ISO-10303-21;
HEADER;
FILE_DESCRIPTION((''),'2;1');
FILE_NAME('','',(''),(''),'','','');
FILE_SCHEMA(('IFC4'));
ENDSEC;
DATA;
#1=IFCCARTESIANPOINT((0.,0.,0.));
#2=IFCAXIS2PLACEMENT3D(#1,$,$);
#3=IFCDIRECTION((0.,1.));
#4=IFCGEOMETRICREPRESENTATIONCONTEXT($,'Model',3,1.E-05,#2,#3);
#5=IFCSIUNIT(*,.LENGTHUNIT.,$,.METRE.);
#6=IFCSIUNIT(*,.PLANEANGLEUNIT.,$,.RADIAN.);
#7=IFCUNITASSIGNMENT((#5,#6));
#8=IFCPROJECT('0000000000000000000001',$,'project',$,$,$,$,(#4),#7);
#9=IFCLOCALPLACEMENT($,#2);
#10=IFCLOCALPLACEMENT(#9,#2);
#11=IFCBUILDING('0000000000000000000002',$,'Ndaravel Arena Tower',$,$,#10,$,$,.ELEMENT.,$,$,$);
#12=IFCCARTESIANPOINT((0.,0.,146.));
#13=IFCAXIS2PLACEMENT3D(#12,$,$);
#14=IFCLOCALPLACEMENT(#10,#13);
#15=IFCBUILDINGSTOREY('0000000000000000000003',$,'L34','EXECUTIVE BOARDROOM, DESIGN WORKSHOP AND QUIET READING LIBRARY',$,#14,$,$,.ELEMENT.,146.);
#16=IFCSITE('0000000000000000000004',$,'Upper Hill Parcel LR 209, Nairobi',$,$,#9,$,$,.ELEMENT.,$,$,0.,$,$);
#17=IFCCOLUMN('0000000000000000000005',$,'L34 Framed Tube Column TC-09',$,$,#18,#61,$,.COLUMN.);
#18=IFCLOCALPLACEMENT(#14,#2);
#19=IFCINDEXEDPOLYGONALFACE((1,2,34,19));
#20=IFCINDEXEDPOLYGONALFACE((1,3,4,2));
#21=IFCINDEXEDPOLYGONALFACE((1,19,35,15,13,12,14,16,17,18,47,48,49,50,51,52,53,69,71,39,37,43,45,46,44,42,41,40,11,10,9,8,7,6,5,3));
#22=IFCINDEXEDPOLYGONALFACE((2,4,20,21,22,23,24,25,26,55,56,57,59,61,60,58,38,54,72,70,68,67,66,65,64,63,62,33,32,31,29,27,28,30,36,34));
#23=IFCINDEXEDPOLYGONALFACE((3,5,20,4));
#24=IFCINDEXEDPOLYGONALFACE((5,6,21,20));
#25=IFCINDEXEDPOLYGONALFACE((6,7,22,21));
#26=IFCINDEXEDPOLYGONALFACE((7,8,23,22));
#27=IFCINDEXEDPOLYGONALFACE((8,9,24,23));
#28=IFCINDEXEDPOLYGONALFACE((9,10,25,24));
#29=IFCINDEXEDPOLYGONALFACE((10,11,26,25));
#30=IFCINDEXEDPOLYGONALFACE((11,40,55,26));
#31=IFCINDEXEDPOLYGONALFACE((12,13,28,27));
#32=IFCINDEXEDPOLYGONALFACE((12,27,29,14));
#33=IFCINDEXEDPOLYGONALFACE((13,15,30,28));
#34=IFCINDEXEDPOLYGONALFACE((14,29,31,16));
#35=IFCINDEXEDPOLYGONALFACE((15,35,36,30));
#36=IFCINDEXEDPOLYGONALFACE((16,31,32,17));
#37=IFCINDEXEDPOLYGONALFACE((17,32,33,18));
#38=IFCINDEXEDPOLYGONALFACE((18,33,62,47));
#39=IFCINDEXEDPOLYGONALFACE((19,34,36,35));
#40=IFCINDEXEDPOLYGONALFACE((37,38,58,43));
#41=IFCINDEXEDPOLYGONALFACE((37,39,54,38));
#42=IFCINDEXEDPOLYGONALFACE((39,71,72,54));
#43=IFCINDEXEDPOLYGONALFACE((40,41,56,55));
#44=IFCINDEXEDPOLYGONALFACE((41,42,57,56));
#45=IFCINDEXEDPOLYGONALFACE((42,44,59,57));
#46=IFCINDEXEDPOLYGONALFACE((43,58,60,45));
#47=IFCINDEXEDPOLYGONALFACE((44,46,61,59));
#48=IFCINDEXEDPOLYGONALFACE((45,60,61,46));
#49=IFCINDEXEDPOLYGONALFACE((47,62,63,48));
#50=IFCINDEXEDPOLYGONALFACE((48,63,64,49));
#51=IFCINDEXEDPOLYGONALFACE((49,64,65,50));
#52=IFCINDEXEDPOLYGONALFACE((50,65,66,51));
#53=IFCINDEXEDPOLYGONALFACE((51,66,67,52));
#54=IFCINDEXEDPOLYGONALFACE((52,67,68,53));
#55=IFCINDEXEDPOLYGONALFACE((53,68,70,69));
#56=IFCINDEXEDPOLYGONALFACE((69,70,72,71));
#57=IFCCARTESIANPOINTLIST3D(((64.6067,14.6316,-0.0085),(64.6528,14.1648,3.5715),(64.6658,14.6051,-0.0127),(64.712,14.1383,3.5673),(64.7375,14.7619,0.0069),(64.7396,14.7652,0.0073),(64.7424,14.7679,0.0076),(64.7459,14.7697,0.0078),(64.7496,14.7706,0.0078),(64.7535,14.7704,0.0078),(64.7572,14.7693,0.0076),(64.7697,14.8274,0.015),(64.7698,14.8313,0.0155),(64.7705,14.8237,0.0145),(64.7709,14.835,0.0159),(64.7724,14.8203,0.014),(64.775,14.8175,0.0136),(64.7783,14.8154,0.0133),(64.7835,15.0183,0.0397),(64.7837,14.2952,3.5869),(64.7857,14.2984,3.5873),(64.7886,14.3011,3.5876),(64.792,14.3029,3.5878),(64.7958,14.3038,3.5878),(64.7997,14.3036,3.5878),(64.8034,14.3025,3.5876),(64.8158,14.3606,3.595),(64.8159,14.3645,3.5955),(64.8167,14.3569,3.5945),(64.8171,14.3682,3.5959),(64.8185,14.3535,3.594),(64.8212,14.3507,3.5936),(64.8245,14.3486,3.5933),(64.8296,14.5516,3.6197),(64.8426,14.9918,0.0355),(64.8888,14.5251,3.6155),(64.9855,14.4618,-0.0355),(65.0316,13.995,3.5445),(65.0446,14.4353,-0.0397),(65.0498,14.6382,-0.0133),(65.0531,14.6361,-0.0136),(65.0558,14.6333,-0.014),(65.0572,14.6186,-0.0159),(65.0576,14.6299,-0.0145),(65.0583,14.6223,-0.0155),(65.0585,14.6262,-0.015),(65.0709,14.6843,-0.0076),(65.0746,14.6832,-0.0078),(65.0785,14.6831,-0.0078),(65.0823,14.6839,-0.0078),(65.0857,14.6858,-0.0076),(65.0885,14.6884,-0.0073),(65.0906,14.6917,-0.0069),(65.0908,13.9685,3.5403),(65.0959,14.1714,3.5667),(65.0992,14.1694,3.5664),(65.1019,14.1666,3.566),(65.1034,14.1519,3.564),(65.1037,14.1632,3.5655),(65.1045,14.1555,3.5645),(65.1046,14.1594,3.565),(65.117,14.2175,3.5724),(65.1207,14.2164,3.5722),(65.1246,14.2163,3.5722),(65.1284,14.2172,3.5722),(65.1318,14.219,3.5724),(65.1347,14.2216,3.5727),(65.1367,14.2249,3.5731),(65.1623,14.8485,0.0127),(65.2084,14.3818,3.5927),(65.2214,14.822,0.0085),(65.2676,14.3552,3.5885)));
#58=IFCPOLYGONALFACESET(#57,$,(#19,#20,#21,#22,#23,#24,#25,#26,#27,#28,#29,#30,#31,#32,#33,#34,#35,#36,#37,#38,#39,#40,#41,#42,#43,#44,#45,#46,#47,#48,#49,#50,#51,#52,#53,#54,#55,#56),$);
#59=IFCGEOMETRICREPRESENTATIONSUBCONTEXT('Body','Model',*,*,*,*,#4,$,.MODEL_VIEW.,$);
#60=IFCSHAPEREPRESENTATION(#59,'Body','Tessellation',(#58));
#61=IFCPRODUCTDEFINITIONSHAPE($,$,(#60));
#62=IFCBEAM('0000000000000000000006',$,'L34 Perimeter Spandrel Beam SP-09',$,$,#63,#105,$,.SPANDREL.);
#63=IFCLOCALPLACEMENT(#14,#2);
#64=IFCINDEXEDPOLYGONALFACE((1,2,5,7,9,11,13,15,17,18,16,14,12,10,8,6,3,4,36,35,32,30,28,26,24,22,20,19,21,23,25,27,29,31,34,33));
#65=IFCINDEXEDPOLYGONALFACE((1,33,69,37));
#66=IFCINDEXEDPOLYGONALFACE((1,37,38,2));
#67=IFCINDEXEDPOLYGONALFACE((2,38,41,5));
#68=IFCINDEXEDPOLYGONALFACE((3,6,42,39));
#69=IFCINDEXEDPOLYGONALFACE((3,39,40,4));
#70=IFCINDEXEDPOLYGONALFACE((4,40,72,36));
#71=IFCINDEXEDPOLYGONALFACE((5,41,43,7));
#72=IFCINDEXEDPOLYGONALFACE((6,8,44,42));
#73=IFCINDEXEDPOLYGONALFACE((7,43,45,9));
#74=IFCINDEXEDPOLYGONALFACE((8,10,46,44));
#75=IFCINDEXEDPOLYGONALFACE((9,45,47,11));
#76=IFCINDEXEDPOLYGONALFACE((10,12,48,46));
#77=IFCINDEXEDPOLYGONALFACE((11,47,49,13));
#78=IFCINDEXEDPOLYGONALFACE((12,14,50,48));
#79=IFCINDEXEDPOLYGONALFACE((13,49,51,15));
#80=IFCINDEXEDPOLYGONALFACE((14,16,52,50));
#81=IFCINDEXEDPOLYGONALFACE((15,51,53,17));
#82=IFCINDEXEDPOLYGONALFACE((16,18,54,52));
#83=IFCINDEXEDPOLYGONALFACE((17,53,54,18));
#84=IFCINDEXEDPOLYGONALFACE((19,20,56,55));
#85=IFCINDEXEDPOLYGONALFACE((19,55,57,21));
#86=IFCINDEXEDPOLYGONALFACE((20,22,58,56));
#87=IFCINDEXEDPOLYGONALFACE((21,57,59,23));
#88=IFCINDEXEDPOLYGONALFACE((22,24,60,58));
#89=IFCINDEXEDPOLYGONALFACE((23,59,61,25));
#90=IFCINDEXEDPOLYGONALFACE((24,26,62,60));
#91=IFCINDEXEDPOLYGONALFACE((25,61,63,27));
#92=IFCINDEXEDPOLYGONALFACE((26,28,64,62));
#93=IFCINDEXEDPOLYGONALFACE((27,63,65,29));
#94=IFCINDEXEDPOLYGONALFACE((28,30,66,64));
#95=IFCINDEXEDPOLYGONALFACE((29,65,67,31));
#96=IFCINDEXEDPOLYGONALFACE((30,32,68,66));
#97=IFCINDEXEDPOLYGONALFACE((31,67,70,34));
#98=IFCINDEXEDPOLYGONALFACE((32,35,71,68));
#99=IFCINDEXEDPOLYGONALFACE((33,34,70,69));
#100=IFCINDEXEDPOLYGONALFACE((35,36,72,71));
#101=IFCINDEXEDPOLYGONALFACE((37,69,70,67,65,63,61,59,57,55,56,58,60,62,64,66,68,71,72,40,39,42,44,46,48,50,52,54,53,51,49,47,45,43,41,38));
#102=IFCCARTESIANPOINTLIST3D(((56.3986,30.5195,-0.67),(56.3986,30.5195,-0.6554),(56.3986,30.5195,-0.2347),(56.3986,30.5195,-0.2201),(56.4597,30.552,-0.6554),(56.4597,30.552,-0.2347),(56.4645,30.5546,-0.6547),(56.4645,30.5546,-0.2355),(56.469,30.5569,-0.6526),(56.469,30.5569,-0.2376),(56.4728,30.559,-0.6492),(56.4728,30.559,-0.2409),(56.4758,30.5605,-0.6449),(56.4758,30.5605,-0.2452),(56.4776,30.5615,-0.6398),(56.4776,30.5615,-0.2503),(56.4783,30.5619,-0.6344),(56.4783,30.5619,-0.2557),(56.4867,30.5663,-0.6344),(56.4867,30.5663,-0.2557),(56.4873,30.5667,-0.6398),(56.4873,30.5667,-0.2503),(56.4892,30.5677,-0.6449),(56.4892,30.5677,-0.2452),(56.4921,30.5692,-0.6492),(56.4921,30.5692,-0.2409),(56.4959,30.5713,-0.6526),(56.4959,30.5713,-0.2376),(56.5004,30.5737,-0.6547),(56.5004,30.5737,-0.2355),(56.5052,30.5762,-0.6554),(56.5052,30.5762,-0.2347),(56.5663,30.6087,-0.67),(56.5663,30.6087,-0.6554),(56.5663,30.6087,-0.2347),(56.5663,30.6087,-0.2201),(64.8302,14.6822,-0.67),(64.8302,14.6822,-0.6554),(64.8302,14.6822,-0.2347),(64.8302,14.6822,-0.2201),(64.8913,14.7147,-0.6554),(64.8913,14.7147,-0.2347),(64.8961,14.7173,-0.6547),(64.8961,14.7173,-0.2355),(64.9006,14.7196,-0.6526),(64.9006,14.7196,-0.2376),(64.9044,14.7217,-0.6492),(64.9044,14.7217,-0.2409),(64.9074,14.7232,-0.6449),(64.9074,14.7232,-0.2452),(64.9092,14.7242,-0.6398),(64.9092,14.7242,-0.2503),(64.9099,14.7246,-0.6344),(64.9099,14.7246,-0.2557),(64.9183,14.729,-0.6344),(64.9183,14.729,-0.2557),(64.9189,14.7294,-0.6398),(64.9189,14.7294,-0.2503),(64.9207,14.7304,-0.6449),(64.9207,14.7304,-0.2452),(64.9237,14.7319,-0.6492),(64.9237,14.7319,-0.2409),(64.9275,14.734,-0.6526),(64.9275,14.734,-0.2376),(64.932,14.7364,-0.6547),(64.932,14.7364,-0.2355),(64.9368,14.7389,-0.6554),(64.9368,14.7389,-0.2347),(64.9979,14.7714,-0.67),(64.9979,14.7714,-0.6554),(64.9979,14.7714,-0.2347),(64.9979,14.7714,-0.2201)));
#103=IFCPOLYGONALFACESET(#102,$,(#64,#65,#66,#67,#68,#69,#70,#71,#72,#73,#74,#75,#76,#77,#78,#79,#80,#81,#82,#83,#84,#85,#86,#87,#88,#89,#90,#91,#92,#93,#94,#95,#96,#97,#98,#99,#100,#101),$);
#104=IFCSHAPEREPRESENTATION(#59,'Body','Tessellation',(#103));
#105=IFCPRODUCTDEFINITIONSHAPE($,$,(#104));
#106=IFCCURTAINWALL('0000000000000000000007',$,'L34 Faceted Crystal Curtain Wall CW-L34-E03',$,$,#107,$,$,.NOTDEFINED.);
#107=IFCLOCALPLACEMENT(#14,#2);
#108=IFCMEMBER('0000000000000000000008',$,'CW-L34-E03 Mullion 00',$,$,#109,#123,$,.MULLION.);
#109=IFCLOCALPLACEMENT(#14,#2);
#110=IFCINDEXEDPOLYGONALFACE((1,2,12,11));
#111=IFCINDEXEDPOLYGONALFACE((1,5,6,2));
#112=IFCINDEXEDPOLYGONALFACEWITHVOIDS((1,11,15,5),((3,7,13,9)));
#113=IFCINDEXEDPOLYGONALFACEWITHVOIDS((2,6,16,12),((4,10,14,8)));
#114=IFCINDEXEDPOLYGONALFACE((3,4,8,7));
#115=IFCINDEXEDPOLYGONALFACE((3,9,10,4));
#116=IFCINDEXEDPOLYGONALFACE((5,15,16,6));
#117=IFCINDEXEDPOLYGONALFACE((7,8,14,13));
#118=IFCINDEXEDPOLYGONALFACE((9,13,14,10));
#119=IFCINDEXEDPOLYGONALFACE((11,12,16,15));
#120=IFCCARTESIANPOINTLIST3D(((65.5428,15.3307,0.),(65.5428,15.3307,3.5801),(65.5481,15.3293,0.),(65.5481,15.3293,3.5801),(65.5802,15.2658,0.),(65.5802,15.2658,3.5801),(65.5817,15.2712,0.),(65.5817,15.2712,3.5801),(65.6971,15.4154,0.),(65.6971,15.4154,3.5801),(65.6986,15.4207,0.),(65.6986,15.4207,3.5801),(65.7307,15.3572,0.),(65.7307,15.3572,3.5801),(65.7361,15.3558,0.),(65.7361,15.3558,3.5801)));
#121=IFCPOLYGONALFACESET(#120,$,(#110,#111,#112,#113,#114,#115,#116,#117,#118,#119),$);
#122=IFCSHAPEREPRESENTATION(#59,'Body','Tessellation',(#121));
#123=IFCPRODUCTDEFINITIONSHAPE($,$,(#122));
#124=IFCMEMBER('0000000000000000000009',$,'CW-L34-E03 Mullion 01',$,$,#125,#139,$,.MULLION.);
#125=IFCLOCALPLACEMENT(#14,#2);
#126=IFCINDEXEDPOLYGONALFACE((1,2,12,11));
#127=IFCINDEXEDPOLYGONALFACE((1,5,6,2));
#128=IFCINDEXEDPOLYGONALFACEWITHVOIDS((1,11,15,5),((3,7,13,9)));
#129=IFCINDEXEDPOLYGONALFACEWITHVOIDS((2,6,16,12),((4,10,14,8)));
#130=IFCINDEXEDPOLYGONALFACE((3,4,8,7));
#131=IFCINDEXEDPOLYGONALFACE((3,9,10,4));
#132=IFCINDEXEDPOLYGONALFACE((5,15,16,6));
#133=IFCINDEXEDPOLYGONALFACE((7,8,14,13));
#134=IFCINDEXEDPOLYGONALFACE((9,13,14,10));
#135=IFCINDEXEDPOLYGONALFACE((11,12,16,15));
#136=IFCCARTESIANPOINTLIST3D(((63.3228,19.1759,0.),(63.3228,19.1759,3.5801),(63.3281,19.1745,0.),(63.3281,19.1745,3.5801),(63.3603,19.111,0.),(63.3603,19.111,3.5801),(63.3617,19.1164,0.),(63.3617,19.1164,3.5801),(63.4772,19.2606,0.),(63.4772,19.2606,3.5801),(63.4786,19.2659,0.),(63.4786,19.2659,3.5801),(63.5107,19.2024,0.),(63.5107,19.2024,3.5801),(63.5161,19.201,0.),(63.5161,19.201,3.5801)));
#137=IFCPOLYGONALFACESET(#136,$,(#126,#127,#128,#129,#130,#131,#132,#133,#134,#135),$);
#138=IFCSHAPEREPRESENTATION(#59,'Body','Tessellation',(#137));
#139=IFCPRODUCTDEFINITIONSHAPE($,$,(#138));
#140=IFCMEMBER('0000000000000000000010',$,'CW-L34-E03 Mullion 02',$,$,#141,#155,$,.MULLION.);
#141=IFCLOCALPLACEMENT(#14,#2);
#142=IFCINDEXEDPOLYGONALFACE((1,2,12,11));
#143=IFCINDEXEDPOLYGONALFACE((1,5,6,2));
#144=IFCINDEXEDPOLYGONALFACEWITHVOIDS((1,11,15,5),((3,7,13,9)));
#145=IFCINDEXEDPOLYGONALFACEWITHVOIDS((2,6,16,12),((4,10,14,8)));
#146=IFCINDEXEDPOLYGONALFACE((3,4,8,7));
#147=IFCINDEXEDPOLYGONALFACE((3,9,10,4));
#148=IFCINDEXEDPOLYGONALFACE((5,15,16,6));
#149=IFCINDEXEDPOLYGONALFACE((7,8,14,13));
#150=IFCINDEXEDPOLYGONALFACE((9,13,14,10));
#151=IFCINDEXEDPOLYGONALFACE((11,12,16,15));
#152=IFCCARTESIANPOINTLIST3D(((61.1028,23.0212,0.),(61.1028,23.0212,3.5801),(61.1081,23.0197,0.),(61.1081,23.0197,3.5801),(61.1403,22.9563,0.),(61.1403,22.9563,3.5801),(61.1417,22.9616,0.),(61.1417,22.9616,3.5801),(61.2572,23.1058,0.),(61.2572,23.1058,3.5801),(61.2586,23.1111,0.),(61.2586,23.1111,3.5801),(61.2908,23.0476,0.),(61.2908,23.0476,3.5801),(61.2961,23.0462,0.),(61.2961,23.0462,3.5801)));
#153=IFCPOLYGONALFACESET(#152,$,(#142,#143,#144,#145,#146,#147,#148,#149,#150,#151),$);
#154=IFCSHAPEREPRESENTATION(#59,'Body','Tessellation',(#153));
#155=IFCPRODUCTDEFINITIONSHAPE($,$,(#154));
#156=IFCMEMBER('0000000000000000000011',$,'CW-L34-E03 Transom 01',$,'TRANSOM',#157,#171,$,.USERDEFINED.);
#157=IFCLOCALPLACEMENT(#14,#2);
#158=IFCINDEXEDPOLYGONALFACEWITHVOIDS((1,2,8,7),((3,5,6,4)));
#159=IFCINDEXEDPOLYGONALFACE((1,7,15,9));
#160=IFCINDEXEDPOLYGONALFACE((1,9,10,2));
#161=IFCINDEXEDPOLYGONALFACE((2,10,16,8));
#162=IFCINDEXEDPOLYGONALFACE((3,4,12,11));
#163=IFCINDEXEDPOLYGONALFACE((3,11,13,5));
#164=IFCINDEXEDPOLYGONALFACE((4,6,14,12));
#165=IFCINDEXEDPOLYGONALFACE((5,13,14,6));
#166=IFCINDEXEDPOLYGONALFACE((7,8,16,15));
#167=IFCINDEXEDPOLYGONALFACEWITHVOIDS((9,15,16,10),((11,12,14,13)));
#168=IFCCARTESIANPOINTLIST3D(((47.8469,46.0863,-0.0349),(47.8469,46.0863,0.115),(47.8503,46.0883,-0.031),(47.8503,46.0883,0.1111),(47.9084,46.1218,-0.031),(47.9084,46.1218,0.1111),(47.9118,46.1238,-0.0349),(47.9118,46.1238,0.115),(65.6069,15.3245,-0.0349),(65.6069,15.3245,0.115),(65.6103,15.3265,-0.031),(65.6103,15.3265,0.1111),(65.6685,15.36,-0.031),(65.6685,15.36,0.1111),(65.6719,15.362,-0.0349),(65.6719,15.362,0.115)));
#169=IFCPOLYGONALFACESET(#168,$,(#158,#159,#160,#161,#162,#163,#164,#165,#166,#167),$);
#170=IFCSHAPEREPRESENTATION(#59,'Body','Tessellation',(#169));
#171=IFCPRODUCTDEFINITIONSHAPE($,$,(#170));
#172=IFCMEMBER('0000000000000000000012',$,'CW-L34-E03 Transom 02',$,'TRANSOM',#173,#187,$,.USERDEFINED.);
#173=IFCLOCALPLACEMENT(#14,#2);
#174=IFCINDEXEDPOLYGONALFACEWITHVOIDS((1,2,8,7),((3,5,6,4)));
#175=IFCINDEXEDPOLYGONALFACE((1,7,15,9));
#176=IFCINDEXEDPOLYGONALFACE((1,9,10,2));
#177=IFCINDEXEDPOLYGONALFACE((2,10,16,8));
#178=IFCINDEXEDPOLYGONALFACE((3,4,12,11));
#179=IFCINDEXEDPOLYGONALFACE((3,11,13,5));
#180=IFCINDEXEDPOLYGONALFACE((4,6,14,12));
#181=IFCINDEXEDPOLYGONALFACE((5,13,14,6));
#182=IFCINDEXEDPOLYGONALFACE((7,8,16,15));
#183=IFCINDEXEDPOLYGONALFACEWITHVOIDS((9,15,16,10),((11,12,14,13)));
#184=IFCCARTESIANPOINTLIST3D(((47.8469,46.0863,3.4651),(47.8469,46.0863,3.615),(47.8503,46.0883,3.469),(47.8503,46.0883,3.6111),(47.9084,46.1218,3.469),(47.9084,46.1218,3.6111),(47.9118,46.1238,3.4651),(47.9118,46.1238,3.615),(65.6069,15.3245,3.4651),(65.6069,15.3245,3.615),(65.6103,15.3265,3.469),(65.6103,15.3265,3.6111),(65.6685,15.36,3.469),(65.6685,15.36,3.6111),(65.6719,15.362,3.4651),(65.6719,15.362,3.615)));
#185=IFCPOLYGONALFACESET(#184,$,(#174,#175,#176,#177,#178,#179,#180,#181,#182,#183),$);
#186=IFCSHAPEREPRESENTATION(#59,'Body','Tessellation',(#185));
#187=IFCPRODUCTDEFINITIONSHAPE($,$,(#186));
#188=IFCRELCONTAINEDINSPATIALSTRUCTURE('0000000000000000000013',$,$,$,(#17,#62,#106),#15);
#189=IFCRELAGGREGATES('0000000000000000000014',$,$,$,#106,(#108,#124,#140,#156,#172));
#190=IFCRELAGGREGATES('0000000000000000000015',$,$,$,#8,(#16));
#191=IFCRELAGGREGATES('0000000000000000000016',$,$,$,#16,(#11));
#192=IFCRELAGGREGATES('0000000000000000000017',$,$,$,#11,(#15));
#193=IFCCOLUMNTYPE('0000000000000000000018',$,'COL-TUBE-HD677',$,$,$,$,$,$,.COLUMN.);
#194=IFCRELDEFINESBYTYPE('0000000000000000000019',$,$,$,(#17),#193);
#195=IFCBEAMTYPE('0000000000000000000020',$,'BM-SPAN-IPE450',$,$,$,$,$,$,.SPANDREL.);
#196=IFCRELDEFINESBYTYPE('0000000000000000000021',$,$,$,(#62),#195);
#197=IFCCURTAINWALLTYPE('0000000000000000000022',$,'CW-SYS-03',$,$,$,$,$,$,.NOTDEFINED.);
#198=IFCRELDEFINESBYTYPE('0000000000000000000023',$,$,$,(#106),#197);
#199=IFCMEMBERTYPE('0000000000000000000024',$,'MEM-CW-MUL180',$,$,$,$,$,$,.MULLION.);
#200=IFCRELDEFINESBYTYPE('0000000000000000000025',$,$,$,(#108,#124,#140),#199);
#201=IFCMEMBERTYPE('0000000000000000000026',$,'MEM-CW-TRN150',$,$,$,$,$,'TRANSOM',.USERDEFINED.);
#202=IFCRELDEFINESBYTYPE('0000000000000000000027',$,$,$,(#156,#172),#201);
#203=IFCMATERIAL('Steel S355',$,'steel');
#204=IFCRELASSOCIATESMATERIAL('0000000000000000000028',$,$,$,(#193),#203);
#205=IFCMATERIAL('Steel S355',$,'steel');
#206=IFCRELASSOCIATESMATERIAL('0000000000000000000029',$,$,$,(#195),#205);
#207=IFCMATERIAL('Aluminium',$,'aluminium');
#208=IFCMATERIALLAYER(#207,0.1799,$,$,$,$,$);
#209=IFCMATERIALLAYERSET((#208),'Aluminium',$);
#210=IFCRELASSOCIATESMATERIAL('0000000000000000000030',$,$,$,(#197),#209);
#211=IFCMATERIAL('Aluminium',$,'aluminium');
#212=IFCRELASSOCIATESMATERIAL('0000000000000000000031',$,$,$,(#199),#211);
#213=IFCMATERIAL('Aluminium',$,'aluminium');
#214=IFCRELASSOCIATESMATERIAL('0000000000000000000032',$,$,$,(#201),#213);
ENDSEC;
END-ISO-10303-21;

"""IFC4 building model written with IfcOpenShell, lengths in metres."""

from ifc_helpers import new_model, si_unit, direction, frame, origin, origin_2d, place, context, subcontext, project, spatial, hollow_rectangle, i_section, extrude, material, layer, layer_set, material_profile, profile_set, type_object, element, aggregate, save


model = new_model("IFC4")

# Units and contexts
model_context = context("Model", 3, precision=1e-05, world=origin(), true_north=direction((0.0, 1.0)))
body_context = subcontext(model_context, "Body", "Model", "MODEL_VIEW")
ifc_project = project(units=[si_unit("LENGTHUNIT", "METRE"), si_unit("PLANEANGLEUNIT", "RADIAN")], contexts=[model_context])

# Site, building, storey
site_placement = place(None, origin())
site = spatial("IfcSite", under=ifc_project, at=site_placement, Name="Upper Hill Parcel LR 209, Nairobi", CompositionType="ELEMENT", RefElevation=0.0)
building_placement = place(site_placement, origin())
building = spatial("IfcBuilding", under=site, at=building_placement, Name="Ndaravel Arena Tower", CompositionType="ELEMENT")
storey_placement = place(building_placement, frame((0.0, 0.0, 146.0)))
storey = spatial("IfcBuildingStorey", under=building, at=storey_placement, Name="L34", Description="EXECUTIVE BOARDROOM, DESIGN WORKSHOP AND QUIET READING LIBRARY", CompositionType="ELEMENT", Elevation=146.0)

# Column
ifc_material_1 = material(Name="Steel S355", Category="steel")
ifc_material_profile_1 = material_profile(ifc_material_1, i_section(OverallWidth=0.428, OverallDepth=0.481, WebThickness=0.051, FlangeThickness=0.0649, FilletRadius=0.0149, at=origin_2d()), Name="HD 400x677")
ifc_profile_set_1 = profile_set([ifc_material_profile_1], Name="Steel S355")
column_type = type_object("IfcColumnType", Name="COL-TUBE-HD677", PredefinedType="COLUMN", material=ifc_profile_set_1)
column_placement = place(storey_placement, frame((64.9141, 14.7268, 0.0), z_axis=(0.012779, -0.129282, 0.991525), x_axis=(0.413106, 0.903707, 0.112507)))
element("IfcColumn", 1, at=column_placement, inside=storey, type_object=column_type, Name="L34 Framed Tube Column TC-09", PredefinedType="COLUMN", context=body_context, shape_type="SweptSolid", body=[
    extrude(i_section(OverallWidth=0.428, OverallDepth=0.481, WebThickness=0.051, FlangeThickness=0.0649, FilletRadius=0.0149, at=origin_2d()), origin(), (0.0, 0.0, 1.0), 3.6106),
])

# Beam
ifc_material_2 = material(Name="Steel S355", Category="steel")
ifc_material_profile_2 = material_profile(ifc_material_2, i_section(OverallWidth=0.1899, OverallDepth=0.45, WebThickness=0.0095, FlangeThickness=0.0146, FilletRadius=0.021, at=origin_2d()), Name="IPE 450")
ifc_profile_set_2 = profile_set([ifc_material_profile_2], Name="Steel S355")
beam_type = type_object("IfcBeamType", Name="BM-SPAN-IPE450", PredefinedType="SPANDREL", material=ifc_profile_set_2)
beam_placement = place(storey_placement, frame((64.9141, 14.7268, -0.4451), z_axis=(-0.469938, 0.882699, 0.0), x_axis=(-0.882699, -0.469938, 0.0)))
element("IfcBeam", 2, at=beam_placement, inside=storey, type_object=beam_type, Name="L34 Perimeter Spandrel Beam SP-09", PredefinedType="SPANDREL", context=body_context, shape_type="SweptSolid", body=[
    extrude(i_section(OverallWidth=0.1899, OverallDepth=0.45, WebThickness=0.0095, FlangeThickness=0.0146, FilletRadius=0.021, at=origin_2d()), origin(), (0.0, 0.0, 1.0), 17.9419),
])

# Curtain wall, members
ifc_material_3 = material(Name="Aluminium", Category="aluminium")
ifc_layer_1 = layer(ifc_material_3, 0.1799)
ifc_layer_set_1 = layer_set([ifc_layer_1], Name="Aluminium")
curtain_wall_type = type_object("IfcCurtainWallType", Name="CW-SYS-03", PredefinedType="NOTDEFINED", material=ifc_layer_set_1)
curtain_wall_placement = place(storey_placement, origin())
curtain_wall = element("IfcCurtainWall", 3, at=curtain_wall_placement, inside=storey, type_object=curtain_wall_type, Name="L34 Faceted Crystal Curtain Wall CW-L34-E03", PredefinedType="NOTDEFINED")
ifc_material_4 = material(Name="Aluminium", Category="aluminium")
ifc_material_profile_3 = material_profile(ifc_material_4, hollow_rectangle(XDim=0.075, YDim=0.1799, WallThickness=0.0039, at=origin_2d()), Name="CW MULLION 75x180x4")
ifc_profile_set_3 = profile_set([ifc_material_profile_3], Name="Aluminium")
member_type_1 = type_object("IfcMemberType", Name="MEM-CW-MUL180", PredefinedType="MULLION", material=ifc_profile_set_3)
member_1_placement = place(storey_placement, frame((65.6394, 15.3433, 0.0), z_axis=(0.0, 0.0, 1.0), x_axis=(-0.5, 0.866025, 0.0)))
member_1 = element("IfcMember", 4, at=member_1_placement, type_object=member_type_1, Name="CW-L34-E03 Mullion 00", PredefinedType="MULLION", context=body_context, shape_type="SweptSolid", body=[
    extrude(hollow_rectangle(XDim=0.075, YDim=0.1799, WallThickness=0.0039, at=origin_2d()), origin(), (0.0, 0.0, 1.0), 3.5801),
])
member_2_placement = place(storey_placement, frame((63.4194, 19.1885, 0.0), z_axis=(0.0, 0.0, 1.0), x_axis=(-0.5, 0.866025, 0.0)))
member_2 = element("IfcMember", 5, at=member_2_placement, type_object=member_type_1, Name="CW-L34-E03 Mullion 01", PredefinedType="MULLION", context=body_context, shape_type="SweptSolid", body=[
    extrude(hollow_rectangle(XDim=0.075, YDim=0.1799, WallThickness=0.0039, at=origin_2d()), origin(), (0.0, 0.0, 1.0), 3.5801),
])
member_3_placement = place(storey_placement, frame((61.1995, 23.0337, 0.0), z_axis=(0.0, 0.0, 1.0), x_axis=(-0.5, 0.866025, 0.0)))
member_3 = element("IfcMember", 6, at=member_3_placement, type_object=member_type_1, Name="CW-L34-E03 Mullion 02", PredefinedType="MULLION", context=body_context, shape_type="SweptSolid", body=[
    extrude(hollow_rectangle(XDim=0.075, YDim=0.1799, WallThickness=0.0039, at=origin_2d()), origin(), (0.0, 0.0, 1.0), 3.5801),
])
ifc_material_5 = material(Name="Aluminium", Category="aluminium")
ifc_material_profile_4 = material_profile(ifc_material_5, hollow_rectangle(XDim=0.075, YDim=0.1499, WallThickness=0.0039, at=origin_2d()), Name="CW TRANSOM 75x150x4")
ifc_profile_set_4 = profile_set([ifc_material_profile_4], Name="Aluminium")
member_type_2 = type_object("IfcMemberType", Name="MEM-CW-TRN150", ElementType="TRANSOM", PredefinedType="USERDEFINED", material=ifc_profile_set_4)
member_4_placement = place(storey_placement, frame((65.6394, 15.3433, 0.04), z_axis=(-0.499994, 0.866029, 0.0), x_axis=(-0.866029, -0.499994, 0.0)))
member_4 = element("IfcMember", 7, at=member_4_placement, type_object=member_type_2, Name="CW-L34-E03 Transom 01", ObjectType="TRANSOM", PredefinedType="USERDEFINED", context=body_context, shape_type="SweptSolid", body=[
    extrude(hollow_rectangle(XDim=0.075, YDim=0.1499, WallThickness=0.0039, at=origin_2d()), origin(), (0.0, 0.0, 1.0), 35.5205),
])
member_5_placement = place(storey_placement, frame((65.6394, 15.3433, 3.54), z_axis=(-0.499994, 0.866029, 0.0), x_axis=(-0.866029, -0.499994, 0.0)))
member_5 = element("IfcMember", 8, at=member_5_placement, type_object=member_type_2, Name="CW-L34-E03 Transom 02", ObjectType="TRANSOM", PredefinedType="USERDEFINED", context=body_context, shape_type="SweptSolid", body=[
    extrude(hollow_rectangle(XDim=0.075, YDim=0.1499, WallThickness=0.0039, at=origin_2d()), origin(), (0.0, 0.0, 1.0), 35.5205),
])
aggregate(curtain_wall, [member_1, member_2, member_3, member_4, member_5])

save(model, "model.ifc")
